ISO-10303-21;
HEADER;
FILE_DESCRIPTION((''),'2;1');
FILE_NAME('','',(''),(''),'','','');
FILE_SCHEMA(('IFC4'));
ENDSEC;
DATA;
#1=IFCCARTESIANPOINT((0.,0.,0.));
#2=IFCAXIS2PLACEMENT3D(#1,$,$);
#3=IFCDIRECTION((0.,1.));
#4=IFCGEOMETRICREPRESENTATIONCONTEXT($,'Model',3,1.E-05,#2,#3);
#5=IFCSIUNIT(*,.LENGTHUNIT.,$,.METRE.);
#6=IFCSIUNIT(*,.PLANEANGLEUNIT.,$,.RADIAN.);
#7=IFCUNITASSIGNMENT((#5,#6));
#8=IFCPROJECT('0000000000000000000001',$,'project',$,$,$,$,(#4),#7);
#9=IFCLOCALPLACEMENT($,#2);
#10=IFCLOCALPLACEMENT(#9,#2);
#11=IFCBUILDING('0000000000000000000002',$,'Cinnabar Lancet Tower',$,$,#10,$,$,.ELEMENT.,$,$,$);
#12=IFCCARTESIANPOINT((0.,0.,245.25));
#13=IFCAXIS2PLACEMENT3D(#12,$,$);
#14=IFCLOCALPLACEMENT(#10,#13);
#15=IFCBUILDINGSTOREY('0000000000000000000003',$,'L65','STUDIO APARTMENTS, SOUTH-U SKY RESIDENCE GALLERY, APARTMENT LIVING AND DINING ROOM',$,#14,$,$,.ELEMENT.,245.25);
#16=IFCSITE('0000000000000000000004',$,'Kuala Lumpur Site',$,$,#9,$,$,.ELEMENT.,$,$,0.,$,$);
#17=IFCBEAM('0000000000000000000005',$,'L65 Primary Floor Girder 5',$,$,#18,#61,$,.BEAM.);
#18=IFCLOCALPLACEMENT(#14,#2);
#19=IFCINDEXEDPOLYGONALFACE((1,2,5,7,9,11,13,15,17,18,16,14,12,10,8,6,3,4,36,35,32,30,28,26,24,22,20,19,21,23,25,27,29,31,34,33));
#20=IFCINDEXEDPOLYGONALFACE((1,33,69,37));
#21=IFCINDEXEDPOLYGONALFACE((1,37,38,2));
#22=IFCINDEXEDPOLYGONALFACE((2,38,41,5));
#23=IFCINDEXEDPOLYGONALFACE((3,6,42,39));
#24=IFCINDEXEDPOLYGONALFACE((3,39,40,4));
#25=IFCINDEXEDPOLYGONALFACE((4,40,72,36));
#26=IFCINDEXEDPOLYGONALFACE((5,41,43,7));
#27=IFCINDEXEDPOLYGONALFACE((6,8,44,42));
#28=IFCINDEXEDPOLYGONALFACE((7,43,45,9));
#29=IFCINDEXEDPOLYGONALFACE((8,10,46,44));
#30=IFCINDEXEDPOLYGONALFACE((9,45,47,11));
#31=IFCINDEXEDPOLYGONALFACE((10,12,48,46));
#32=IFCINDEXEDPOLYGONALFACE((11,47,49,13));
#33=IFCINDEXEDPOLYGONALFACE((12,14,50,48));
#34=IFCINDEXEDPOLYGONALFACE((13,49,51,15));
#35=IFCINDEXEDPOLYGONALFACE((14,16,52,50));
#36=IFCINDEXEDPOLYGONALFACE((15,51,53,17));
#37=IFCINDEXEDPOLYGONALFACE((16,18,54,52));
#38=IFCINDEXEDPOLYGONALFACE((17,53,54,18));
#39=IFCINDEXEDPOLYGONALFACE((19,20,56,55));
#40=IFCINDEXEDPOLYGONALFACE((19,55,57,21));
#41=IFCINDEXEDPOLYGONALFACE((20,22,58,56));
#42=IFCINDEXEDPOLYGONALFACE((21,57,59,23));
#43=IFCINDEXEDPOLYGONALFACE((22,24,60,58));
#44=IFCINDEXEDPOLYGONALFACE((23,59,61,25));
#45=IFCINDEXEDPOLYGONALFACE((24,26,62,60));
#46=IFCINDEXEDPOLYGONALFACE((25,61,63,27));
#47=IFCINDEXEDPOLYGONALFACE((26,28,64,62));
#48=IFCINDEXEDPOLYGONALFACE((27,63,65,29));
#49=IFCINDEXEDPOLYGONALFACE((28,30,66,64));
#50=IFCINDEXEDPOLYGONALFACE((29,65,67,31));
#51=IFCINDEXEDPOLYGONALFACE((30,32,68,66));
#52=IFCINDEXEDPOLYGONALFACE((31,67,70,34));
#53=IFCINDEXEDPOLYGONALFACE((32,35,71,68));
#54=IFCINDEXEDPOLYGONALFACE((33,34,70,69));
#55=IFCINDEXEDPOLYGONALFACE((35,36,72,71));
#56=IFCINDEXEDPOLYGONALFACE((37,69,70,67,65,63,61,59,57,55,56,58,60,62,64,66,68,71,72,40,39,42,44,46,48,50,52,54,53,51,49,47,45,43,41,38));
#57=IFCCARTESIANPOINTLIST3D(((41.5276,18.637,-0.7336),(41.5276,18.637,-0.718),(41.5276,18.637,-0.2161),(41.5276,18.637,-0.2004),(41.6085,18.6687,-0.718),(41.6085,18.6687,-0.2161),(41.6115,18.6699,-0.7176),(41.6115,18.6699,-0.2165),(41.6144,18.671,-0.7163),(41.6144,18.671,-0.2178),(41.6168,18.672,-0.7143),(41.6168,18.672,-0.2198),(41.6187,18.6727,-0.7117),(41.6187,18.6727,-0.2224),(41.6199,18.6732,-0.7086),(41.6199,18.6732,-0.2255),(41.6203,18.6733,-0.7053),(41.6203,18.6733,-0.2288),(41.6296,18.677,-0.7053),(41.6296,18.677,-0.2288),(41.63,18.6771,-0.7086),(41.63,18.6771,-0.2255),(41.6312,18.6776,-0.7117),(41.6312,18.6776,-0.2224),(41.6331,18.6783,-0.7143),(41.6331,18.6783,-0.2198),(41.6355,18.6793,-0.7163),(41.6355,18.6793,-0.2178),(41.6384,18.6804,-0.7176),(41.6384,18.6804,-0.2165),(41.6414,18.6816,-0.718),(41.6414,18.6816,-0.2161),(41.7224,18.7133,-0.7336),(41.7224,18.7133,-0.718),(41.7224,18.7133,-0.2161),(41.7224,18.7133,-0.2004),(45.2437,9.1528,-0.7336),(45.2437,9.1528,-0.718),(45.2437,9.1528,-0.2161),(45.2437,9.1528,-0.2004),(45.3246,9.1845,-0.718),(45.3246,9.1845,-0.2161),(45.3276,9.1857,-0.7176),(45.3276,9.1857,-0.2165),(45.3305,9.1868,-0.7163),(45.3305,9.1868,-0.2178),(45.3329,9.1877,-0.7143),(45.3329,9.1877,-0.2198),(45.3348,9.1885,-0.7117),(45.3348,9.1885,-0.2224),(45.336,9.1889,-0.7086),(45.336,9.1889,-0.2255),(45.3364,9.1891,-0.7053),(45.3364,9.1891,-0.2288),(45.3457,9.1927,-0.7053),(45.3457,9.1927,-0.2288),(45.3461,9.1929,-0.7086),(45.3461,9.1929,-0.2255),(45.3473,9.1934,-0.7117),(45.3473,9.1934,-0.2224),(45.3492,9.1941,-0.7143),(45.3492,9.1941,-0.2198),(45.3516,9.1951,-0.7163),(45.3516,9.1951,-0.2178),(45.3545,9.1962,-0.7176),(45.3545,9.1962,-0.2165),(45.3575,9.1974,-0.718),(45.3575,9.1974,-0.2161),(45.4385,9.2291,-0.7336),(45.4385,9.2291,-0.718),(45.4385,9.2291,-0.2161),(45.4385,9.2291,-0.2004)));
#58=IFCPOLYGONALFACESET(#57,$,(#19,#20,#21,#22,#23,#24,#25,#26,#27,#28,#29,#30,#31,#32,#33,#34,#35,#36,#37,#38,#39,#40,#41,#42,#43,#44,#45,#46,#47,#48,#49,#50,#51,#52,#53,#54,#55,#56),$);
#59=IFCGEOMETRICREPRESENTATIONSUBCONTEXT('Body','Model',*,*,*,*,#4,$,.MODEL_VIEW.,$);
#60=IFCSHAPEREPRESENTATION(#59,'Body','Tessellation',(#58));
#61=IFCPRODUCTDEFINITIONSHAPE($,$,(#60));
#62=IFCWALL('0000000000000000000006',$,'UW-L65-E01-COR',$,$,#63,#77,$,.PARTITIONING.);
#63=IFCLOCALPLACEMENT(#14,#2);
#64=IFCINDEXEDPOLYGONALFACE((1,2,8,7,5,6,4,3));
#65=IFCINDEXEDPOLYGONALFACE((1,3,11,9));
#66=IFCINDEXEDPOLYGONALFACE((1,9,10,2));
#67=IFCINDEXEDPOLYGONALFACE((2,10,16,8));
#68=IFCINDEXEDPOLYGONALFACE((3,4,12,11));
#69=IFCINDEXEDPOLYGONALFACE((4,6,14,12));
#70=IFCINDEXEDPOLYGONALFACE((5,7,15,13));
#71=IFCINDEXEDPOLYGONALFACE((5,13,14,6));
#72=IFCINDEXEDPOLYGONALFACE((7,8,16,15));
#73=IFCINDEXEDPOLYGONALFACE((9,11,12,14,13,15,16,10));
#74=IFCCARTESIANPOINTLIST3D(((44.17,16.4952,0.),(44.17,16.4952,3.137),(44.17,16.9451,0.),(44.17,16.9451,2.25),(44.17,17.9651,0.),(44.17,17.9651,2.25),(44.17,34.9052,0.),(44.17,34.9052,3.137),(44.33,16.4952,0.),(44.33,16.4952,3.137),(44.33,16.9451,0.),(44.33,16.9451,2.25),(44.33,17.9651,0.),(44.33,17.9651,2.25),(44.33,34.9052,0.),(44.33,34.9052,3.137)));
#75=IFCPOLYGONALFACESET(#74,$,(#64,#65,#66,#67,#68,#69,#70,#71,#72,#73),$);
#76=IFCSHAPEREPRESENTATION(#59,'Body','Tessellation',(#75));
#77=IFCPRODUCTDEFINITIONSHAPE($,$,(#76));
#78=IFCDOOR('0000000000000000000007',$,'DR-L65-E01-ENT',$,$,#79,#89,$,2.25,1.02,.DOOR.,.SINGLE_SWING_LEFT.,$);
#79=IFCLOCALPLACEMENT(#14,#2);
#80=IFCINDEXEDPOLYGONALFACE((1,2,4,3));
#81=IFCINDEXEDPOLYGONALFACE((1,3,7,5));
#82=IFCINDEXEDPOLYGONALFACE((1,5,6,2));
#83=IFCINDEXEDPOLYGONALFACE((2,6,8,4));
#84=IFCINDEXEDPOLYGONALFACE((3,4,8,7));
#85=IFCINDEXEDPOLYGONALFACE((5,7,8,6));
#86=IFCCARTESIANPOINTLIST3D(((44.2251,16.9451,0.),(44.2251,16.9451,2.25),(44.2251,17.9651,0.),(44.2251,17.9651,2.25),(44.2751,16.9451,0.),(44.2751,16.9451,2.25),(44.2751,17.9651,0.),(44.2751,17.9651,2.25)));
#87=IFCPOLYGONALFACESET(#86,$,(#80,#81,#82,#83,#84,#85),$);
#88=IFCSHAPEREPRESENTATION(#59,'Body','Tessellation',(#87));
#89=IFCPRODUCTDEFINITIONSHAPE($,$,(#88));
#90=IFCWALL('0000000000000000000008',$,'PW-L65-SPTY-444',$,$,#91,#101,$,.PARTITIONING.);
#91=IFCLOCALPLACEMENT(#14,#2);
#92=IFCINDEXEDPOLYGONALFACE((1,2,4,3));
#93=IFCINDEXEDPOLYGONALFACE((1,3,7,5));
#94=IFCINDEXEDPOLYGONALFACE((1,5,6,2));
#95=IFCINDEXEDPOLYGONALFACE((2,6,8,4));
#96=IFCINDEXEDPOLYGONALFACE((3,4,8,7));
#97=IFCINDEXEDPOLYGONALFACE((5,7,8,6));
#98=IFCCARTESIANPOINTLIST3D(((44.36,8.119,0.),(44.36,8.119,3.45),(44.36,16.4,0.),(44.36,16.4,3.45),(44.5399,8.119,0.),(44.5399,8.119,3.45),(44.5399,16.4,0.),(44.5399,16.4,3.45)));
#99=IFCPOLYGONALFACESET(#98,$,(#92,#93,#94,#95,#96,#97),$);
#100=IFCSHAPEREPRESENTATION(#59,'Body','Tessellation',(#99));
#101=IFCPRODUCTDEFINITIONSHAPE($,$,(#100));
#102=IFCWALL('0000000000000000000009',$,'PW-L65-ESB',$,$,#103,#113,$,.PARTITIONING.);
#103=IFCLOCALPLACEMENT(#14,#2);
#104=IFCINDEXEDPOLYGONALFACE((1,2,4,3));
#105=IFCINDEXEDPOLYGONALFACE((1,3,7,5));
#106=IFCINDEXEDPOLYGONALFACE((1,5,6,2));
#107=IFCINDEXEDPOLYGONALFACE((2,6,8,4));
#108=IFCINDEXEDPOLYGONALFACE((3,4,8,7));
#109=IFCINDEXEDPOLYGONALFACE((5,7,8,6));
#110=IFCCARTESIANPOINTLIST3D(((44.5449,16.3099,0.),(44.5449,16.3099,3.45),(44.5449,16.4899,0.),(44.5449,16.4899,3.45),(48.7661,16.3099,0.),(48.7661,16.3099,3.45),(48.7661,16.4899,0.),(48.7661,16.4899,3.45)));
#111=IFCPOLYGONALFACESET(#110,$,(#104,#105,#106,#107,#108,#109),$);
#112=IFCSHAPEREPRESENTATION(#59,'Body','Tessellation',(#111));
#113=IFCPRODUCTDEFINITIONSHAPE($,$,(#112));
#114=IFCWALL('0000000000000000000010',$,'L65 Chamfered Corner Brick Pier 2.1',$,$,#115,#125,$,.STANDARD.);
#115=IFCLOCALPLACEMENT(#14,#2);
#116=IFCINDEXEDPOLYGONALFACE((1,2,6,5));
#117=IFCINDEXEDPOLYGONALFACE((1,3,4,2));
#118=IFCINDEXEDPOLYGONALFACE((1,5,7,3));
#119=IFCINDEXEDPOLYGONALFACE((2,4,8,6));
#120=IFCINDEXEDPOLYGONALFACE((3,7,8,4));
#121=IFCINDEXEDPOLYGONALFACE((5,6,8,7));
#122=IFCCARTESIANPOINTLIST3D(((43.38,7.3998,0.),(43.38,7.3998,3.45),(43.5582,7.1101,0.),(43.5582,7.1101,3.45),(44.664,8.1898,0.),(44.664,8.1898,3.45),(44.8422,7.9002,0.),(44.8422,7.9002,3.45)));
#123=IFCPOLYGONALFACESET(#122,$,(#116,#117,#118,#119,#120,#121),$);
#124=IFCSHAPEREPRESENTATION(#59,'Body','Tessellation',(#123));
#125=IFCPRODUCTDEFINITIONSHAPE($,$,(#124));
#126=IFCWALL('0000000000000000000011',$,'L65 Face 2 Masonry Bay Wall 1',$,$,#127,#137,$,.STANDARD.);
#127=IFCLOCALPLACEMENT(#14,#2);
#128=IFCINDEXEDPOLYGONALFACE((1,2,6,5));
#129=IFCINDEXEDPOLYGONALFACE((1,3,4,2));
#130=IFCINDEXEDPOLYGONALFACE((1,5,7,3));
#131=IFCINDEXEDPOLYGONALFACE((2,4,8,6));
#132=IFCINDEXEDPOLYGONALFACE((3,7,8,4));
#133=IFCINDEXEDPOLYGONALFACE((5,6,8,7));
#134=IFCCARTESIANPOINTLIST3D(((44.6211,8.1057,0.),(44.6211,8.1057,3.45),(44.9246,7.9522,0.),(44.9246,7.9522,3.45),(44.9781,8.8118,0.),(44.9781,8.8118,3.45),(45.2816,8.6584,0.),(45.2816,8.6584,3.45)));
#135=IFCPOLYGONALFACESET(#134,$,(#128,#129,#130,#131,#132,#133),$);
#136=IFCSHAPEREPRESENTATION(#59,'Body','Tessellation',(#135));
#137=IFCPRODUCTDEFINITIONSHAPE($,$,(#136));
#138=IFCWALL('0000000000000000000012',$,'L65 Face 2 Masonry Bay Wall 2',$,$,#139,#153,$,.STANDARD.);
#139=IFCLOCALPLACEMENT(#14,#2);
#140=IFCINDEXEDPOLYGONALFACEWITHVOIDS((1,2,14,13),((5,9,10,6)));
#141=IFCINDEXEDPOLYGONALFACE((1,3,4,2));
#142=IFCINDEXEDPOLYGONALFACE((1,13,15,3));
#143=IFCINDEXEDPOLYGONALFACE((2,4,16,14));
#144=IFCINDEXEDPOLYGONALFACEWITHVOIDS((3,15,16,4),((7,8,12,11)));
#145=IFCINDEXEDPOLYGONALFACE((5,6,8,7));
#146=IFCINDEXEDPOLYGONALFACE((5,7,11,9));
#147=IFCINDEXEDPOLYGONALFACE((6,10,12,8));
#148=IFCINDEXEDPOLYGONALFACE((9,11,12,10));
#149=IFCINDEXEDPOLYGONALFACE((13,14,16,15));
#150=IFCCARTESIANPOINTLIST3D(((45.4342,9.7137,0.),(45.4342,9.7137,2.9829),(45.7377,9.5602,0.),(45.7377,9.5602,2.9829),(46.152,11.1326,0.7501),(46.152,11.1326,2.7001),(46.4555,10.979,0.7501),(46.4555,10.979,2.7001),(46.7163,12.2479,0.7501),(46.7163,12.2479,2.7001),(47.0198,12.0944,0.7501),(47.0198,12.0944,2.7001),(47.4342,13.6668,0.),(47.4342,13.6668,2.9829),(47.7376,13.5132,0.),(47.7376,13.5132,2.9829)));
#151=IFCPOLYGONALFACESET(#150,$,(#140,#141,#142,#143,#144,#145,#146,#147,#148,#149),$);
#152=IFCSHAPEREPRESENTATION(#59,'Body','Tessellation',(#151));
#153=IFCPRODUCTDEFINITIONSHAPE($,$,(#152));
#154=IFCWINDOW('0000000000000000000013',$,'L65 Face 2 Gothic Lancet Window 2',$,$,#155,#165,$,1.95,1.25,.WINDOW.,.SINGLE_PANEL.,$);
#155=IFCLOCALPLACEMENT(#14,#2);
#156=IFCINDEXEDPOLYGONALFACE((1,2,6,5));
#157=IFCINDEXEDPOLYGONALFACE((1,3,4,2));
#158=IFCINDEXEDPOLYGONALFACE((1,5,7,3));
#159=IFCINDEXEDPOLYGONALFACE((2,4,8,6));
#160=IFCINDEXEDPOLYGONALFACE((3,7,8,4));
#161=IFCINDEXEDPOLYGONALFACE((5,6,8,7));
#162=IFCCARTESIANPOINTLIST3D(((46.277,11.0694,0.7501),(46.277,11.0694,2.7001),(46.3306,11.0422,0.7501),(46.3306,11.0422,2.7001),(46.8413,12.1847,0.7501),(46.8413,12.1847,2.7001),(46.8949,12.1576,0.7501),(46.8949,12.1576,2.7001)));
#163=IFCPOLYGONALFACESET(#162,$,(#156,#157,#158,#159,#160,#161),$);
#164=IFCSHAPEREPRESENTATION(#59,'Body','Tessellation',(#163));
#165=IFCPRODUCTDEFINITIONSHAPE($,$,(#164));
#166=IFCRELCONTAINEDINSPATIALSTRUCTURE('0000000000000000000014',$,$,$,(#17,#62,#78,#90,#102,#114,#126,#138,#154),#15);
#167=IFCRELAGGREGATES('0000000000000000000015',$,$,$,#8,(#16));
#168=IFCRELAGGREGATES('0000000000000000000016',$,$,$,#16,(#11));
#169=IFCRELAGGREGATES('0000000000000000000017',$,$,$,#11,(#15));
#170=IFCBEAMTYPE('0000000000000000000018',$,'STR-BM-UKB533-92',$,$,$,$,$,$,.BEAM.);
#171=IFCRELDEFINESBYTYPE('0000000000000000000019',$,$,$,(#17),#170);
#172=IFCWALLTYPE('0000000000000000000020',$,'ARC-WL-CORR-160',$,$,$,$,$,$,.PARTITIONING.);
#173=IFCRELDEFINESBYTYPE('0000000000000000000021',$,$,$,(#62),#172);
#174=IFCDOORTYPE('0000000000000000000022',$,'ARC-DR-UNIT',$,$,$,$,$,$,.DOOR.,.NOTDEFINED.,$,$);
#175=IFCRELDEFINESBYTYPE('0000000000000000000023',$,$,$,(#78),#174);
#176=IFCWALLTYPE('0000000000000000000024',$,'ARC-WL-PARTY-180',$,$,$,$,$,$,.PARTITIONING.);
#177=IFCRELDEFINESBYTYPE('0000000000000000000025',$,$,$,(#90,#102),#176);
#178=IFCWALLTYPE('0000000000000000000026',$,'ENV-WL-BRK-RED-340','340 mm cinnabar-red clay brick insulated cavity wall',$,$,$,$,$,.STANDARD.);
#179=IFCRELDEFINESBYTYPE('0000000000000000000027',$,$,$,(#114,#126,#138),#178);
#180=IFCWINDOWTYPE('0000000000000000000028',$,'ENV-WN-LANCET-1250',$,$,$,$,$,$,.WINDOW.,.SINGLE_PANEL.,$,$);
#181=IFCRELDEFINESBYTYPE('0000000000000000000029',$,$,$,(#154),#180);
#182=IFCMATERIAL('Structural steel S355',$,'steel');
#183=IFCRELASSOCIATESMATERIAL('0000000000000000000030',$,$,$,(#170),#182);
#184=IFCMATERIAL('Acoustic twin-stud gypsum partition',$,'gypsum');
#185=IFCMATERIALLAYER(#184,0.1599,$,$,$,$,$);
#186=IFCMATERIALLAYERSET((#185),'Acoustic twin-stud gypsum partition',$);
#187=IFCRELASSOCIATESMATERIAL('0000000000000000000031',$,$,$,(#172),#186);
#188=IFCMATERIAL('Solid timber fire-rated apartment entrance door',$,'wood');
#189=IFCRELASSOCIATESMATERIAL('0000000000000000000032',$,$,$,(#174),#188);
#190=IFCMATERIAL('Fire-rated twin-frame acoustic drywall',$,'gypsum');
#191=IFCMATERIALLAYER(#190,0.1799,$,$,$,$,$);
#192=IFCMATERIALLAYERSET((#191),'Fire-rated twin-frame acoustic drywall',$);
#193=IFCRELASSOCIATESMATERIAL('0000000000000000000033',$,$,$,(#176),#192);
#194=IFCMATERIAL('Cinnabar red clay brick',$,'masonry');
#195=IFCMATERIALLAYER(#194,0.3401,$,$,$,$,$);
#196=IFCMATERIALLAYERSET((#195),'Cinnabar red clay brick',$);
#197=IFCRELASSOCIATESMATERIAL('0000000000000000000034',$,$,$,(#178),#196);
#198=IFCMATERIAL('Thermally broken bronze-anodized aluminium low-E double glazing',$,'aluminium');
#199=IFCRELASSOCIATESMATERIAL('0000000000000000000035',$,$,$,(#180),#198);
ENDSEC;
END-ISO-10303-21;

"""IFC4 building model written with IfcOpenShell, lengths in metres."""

from ifc_helpers import new_model, si_unit, direction, frame, frame_2d, origin, origin_2d, place, context, subcontext, project, spatial, rectangle, i_section, extrude, material, layer, layer_set, material_profile, profile_set, type_object, element, fill, save


model = new_model("IFC4")

# Units and contexts
model_context = context("Model", 3, precision=1e-05, world=origin(), true_north=direction((0.0, 1.0)))
body_context = subcontext(model_context, "Body", "Model", "MODEL_VIEW")
ifc_project = project(units=[si_unit("LENGTHUNIT", "METRE"), si_unit("PLANEANGLEUNIT", "RADIAN")], contexts=[model_context])

# Site, building, storey
site_placement = place(None, origin())
site = spatial("IfcSite", under=ifc_project, at=site_placement, Name="Kuala Lumpur Site", CompositionType="ELEMENT", RefElevation=0.0)
building_placement = place(site_placement, origin())
building = spatial("IfcBuilding", under=site, at=building_placement, Name="Cinnabar Lancet Tower", CompositionType="ELEMENT")
storey_placement = place(building_placement, frame((0.0, 0.0, 245.25)))
storey = spatial("IfcBuildingStorey", under=building, at=storey_placement, Name="L65", Description="STUDIO APARTMENTS, SOUTH-U SKY RESIDENCE GALLERY, APARTMENT LIVING AND DINING ROOM", CompositionType="ELEMENT", Elevation=245.25)

# Beam
ifc_material_1 = material(Name="Structural steel S355", Category="steel")
ifc_material_profile_1 = material_profile(ifc_material_1, i_section(OverallWidth=0.2092, OverallDepth=0.5332, WebThickness=0.01, FlangeThickness=0.0156, FilletRadius=0.0127, at=origin_2d()), Name="UKB 533x210x92")
ifc_profile_set_1 = profile_set([ifc_material_profile_1], Name="Structural steel S355")
beam_type_1 = type_object("IfcBeamType", Name="STR-BM-UKB533-92", PredefinedType="BEAM", material=ifc_profile_set_1)
beam_1_placement = place(storey_placement, frame((45.3411, 9.1909, -0.467), z_axis=(-0.364815, 0.93108, 0.0), x_axis=(-0.93108, -0.364815, 0.0)))
element("IfcBeam", 1, at=beam_1_placement, inside=storey, type_object=beam_type_1, Name="L65 Primary Floor Girder 5", PredefinedType="BEAM", context=body_context, shape_type="SweptSolid", body=[
    extrude(i_section(OverallWidth=0.2092, OverallDepth=0.5332, WebThickness=0.01, FlangeThickness=0.0156, FilletRadius=0.0127, at=origin_2d()), origin(), (0.0, 0.0, 1.0), 10.1863),
])

# Wall, opening, door
ifc_material_2 = material(Name="Acoustic twin-stud gypsum partition", Category="gypsum")
ifc_layer_1 = layer(ifc_material_2, 0.1599)
ifc_layer_set_1 = layer_set([ifc_layer_1], Name="Acoustic twin-stud gypsum partition")
wall_type_1 = type_object("IfcWallType", Name="ARC-WL-CORR-160", PredefinedType="PARTITIONING", material=ifc_layer_set_1)
wall_1_placement = place(storey_placement, frame((44.25, 16.4951, 0.0), z_axis=(0.0, 0.0, 1.0), x_axis=(0.0, 1.0, 0.0)))
wall_1 = element("IfcWall", 2, at=wall_1_placement, inside=storey, type_object=wall_type_1, Name="UW-L65-E01-COR", PredefinedType="PARTITIONING", context=body_context, shape_type="SweptSolid", body=[
    extrude(rectangle(XDim=18.4099, YDim=0.1599, at=frame_2d((9.2051, 0.0))), origin(), (0.0, 0.0, 1.0), 3.137),
])
opening_1_placement = place(wall_1_placement, frame((0.45, 0.0, 0.0)))
opening_1 = element("IfcOpeningElement", 3, at=opening_1_placement, cuts=wall_1, PredefinedType="OPENING", context=body_context, shape_type="SweptSolid", body=[
    extrude(rectangle(XDim=1.02, YDim=2.25, at=frame_2d((0.51, 1.125))), frame((0.0, 0.0898, 0.0), z_axis=(0.0, -1.0, 0.0), x_axis=(1.0, 0.0, 0.0)), (0.0, 0.0, 1.0), 0.1799),
])
ifc_material_3 = material(Name="Solid timber fire-rated apartment entrance door", Category="wood")
door_type = type_object("IfcDoorType", Name="ARC-DR-UNIT", OperationType="NOTDEFINED", PredefinedType="DOOR", material=ifc_material_3)
door_placement = place(opening_1_placement, origin())
door = element("IfcDoor", 4, at=door_placement, inside=storey, type_object=door_type, Name="DR-L65-E01-ENT", OperationType="SINGLE_SWING_LEFT", OverallHeight=2.25, OverallWidth=1.02, PredefinedType="DOOR", context=body_context, shape_type="SweptSolid", body=[
    extrude(rectangle(XDim=1.02, YDim=2.25, at=frame_2d((0.51, 1.125))), frame((0.0, 0.0249, 0.0), z_axis=(0.0, -1.0, 0.0), x_axis=(1.0, 0.0, 0.0)), (0.0, 0.0, 1.0), 0.05),
])
fill(opening_1, door)

# Walls
ifc_material_4 = material(Name="Fire-rated twin-frame acoustic drywall", Category="gypsum")
ifc_layer_2 = layer(ifc_material_4, 0.1799)
ifc_layer_set_2 = layer_set([ifc_layer_2], Name="Fire-rated twin-frame acoustic drywall")
wall_type_2 = type_object("IfcWallType", Name="ARC-WL-PARTY-180", PredefinedType="PARTITIONING", material=ifc_layer_set_2)
wall_2_placement = place(storey_placement, frame((44.45, 8.1189, 0.0), z_axis=(0.0, 0.0, 1.0), x_axis=(0.0, 1.0, 0.0)))
element("IfcWall", 5, at=wall_2_placement, inside=storey, type_object=wall_type_2, Name="PW-L65-SPTY-444", PredefinedType="PARTITIONING", context=body_context, shape_type="SweptSolid", body=[
    extrude(rectangle(XDim=8.281, YDim=0.1799, at=frame_2d((4.1406, 0.0))), origin(), (0.0, 0.0, 1.0), 3.45),
])
wall_3_placement = place(storey_placement, frame((44.5449, 16.3999, 0.0), z_axis=(0.0, 0.0, 1.0), x_axis=(1.0, 0.0, 0.0)))
element("IfcWall", 6, at=wall_3_placement, inside=storey, type_object=wall_type_2, Name="PW-L65-ESB", PredefinedType="PARTITIONING", context=body_context, shape_type="SweptSolid", body=[
    extrude(rectangle(XDim=4.2212, YDim=0.1799, at=frame_2d((2.1106, 0.0))), origin(), (0.0, 0.0, 1.0), 3.45),
])
ifc_material_5 = material(Name="Cinnabar red clay brick", Category="masonry")
ifc_layer_3 = layer(ifc_material_5, 0.3401)
ifc_layer_set_3 = layer_set([ifc_layer_3], Name="Cinnabar red clay brick")
wall_type_3 = type_object("IfcWallType", Name="ENV-WL-BRK-RED-340", Description="340 mm cinnabar-red clay brick insulated cavity wall", PredefinedType="STANDARD", material=ifc_layer_set_3)
wall_4_placement = place(storey_placement, frame((43.469, 7.2549, 0.0), z_axis=(0.0, 0.0, 1.0), x_axis=(0.851681, 0.524061, 0.0)))
element("IfcWall", 7, at=wall_4_placement, inside=storey, type_object=wall_type_3, Name="L65 Chamfered Corner Brick Pier 2.1", PredefinedType="STANDARD", context=body_context, shape_type="SweptSolid", body=[
    extrude(rectangle(XDim=1.5076, YDim=0.3401, at=frame_2d((0.7539, 0.0))), origin(), (0.0, 0.0, 1.0), 3.45),
])
wall_5_placement = place(storey_placement, frame((44.7729, 8.0291, 0.0), z_axis=(0.0, 0.0, 1.0), x_axis=(0.451159, 0.892443, 0.0)))
element("IfcWall", 8, at=wall_5_placement, inside=storey, type_object=wall_type_3, Name="L65 Face 2 Masonry Bay Wall 1", PredefinedType="STANDARD", context=body_context, shape_type="SweptSolid", body=[
    extrude(rectangle(XDim=0.7913, YDim=0.3401, at=frame_2d((0.3955, 0.0))), origin(), (0.0, 0.0, 1.0), 3.45),
])

# Wall, opening, window
wall_6_placement = place(storey_placement, frame((45.5859, 9.637, 0.0), z_axis=(0.0, 0.0, 1.0), x_axis=(0.451441, 0.892301, 0.0)))
wall_6 = element("IfcWall", 9, at=wall_6_placement, inside=storey, type_object=wall_type_3, Name="L65 Face 2 Masonry Bay Wall 2", PredefinedType="STANDARD", context=body_context, shape_type="SweptSolid", body=[
    extrude(rectangle(XDim=4.4302, YDim=0.3401, at=frame_2d((2.2151, 0.0))), origin(), (0.0, 0.0, 1.0), 2.9829),
])
opening_2_placement = place(wall_6_placement, frame((1.5901, 0.0, 0.75)))
opening_2 = element("IfcOpeningElement", 10, at=opening_2_placement, cuts=wall_6, PredefinedType="OPENING", context=body_context, shape_type="SweptSolid", body=[
    extrude(rectangle(XDim=1.25, YDim=1.95, at=frame_2d((0.625, 0.9751))), frame((0.0, 0.1799, 0.0), z_axis=(0.0, -1.0, 0.0), x_axis=(1.0, 0.0, 0.0)), (0.0, 0.0, 1.0), 0.3601),
])
ifc_material_6 = material(Name="Thermally broken bronze-anodized aluminium low-E double glazing", Category="aluminium")
window_type_1 = type_object("IfcWindowType", Name="ENV-WN-LANCET-1250", PartitioningType="SINGLE_PANEL", PredefinedType="WINDOW", material=ifc_material_6)
window_1_placement = place(opening_2_placement, origin())
window_1 = element("IfcWindow", 11, at=window_1_placement, inside=storey, type_object=window_type_1, Name="L65 Face 2 Gothic Lancet Window 2", OverallHeight=1.95, OverallWidth=1.25, PartitioningType="SINGLE_PANEL", PredefinedType="WINDOW", context=body_context, shape_type="SweptSolid", body=[
    extrude(rectangle(XDim=1.25, YDim=1.95, at=frame_2d((0.625, 0.9751))), frame((0.0, 0.03, 0.0), z_axis=(0.0, -1.0, 0.0), x_axis=(1.0, 0.0, 0.0)), (0.0, 0.0, 1.0), 0.0601),
])
fill(opening_2, window_1)

save(model, "model.ifc")
